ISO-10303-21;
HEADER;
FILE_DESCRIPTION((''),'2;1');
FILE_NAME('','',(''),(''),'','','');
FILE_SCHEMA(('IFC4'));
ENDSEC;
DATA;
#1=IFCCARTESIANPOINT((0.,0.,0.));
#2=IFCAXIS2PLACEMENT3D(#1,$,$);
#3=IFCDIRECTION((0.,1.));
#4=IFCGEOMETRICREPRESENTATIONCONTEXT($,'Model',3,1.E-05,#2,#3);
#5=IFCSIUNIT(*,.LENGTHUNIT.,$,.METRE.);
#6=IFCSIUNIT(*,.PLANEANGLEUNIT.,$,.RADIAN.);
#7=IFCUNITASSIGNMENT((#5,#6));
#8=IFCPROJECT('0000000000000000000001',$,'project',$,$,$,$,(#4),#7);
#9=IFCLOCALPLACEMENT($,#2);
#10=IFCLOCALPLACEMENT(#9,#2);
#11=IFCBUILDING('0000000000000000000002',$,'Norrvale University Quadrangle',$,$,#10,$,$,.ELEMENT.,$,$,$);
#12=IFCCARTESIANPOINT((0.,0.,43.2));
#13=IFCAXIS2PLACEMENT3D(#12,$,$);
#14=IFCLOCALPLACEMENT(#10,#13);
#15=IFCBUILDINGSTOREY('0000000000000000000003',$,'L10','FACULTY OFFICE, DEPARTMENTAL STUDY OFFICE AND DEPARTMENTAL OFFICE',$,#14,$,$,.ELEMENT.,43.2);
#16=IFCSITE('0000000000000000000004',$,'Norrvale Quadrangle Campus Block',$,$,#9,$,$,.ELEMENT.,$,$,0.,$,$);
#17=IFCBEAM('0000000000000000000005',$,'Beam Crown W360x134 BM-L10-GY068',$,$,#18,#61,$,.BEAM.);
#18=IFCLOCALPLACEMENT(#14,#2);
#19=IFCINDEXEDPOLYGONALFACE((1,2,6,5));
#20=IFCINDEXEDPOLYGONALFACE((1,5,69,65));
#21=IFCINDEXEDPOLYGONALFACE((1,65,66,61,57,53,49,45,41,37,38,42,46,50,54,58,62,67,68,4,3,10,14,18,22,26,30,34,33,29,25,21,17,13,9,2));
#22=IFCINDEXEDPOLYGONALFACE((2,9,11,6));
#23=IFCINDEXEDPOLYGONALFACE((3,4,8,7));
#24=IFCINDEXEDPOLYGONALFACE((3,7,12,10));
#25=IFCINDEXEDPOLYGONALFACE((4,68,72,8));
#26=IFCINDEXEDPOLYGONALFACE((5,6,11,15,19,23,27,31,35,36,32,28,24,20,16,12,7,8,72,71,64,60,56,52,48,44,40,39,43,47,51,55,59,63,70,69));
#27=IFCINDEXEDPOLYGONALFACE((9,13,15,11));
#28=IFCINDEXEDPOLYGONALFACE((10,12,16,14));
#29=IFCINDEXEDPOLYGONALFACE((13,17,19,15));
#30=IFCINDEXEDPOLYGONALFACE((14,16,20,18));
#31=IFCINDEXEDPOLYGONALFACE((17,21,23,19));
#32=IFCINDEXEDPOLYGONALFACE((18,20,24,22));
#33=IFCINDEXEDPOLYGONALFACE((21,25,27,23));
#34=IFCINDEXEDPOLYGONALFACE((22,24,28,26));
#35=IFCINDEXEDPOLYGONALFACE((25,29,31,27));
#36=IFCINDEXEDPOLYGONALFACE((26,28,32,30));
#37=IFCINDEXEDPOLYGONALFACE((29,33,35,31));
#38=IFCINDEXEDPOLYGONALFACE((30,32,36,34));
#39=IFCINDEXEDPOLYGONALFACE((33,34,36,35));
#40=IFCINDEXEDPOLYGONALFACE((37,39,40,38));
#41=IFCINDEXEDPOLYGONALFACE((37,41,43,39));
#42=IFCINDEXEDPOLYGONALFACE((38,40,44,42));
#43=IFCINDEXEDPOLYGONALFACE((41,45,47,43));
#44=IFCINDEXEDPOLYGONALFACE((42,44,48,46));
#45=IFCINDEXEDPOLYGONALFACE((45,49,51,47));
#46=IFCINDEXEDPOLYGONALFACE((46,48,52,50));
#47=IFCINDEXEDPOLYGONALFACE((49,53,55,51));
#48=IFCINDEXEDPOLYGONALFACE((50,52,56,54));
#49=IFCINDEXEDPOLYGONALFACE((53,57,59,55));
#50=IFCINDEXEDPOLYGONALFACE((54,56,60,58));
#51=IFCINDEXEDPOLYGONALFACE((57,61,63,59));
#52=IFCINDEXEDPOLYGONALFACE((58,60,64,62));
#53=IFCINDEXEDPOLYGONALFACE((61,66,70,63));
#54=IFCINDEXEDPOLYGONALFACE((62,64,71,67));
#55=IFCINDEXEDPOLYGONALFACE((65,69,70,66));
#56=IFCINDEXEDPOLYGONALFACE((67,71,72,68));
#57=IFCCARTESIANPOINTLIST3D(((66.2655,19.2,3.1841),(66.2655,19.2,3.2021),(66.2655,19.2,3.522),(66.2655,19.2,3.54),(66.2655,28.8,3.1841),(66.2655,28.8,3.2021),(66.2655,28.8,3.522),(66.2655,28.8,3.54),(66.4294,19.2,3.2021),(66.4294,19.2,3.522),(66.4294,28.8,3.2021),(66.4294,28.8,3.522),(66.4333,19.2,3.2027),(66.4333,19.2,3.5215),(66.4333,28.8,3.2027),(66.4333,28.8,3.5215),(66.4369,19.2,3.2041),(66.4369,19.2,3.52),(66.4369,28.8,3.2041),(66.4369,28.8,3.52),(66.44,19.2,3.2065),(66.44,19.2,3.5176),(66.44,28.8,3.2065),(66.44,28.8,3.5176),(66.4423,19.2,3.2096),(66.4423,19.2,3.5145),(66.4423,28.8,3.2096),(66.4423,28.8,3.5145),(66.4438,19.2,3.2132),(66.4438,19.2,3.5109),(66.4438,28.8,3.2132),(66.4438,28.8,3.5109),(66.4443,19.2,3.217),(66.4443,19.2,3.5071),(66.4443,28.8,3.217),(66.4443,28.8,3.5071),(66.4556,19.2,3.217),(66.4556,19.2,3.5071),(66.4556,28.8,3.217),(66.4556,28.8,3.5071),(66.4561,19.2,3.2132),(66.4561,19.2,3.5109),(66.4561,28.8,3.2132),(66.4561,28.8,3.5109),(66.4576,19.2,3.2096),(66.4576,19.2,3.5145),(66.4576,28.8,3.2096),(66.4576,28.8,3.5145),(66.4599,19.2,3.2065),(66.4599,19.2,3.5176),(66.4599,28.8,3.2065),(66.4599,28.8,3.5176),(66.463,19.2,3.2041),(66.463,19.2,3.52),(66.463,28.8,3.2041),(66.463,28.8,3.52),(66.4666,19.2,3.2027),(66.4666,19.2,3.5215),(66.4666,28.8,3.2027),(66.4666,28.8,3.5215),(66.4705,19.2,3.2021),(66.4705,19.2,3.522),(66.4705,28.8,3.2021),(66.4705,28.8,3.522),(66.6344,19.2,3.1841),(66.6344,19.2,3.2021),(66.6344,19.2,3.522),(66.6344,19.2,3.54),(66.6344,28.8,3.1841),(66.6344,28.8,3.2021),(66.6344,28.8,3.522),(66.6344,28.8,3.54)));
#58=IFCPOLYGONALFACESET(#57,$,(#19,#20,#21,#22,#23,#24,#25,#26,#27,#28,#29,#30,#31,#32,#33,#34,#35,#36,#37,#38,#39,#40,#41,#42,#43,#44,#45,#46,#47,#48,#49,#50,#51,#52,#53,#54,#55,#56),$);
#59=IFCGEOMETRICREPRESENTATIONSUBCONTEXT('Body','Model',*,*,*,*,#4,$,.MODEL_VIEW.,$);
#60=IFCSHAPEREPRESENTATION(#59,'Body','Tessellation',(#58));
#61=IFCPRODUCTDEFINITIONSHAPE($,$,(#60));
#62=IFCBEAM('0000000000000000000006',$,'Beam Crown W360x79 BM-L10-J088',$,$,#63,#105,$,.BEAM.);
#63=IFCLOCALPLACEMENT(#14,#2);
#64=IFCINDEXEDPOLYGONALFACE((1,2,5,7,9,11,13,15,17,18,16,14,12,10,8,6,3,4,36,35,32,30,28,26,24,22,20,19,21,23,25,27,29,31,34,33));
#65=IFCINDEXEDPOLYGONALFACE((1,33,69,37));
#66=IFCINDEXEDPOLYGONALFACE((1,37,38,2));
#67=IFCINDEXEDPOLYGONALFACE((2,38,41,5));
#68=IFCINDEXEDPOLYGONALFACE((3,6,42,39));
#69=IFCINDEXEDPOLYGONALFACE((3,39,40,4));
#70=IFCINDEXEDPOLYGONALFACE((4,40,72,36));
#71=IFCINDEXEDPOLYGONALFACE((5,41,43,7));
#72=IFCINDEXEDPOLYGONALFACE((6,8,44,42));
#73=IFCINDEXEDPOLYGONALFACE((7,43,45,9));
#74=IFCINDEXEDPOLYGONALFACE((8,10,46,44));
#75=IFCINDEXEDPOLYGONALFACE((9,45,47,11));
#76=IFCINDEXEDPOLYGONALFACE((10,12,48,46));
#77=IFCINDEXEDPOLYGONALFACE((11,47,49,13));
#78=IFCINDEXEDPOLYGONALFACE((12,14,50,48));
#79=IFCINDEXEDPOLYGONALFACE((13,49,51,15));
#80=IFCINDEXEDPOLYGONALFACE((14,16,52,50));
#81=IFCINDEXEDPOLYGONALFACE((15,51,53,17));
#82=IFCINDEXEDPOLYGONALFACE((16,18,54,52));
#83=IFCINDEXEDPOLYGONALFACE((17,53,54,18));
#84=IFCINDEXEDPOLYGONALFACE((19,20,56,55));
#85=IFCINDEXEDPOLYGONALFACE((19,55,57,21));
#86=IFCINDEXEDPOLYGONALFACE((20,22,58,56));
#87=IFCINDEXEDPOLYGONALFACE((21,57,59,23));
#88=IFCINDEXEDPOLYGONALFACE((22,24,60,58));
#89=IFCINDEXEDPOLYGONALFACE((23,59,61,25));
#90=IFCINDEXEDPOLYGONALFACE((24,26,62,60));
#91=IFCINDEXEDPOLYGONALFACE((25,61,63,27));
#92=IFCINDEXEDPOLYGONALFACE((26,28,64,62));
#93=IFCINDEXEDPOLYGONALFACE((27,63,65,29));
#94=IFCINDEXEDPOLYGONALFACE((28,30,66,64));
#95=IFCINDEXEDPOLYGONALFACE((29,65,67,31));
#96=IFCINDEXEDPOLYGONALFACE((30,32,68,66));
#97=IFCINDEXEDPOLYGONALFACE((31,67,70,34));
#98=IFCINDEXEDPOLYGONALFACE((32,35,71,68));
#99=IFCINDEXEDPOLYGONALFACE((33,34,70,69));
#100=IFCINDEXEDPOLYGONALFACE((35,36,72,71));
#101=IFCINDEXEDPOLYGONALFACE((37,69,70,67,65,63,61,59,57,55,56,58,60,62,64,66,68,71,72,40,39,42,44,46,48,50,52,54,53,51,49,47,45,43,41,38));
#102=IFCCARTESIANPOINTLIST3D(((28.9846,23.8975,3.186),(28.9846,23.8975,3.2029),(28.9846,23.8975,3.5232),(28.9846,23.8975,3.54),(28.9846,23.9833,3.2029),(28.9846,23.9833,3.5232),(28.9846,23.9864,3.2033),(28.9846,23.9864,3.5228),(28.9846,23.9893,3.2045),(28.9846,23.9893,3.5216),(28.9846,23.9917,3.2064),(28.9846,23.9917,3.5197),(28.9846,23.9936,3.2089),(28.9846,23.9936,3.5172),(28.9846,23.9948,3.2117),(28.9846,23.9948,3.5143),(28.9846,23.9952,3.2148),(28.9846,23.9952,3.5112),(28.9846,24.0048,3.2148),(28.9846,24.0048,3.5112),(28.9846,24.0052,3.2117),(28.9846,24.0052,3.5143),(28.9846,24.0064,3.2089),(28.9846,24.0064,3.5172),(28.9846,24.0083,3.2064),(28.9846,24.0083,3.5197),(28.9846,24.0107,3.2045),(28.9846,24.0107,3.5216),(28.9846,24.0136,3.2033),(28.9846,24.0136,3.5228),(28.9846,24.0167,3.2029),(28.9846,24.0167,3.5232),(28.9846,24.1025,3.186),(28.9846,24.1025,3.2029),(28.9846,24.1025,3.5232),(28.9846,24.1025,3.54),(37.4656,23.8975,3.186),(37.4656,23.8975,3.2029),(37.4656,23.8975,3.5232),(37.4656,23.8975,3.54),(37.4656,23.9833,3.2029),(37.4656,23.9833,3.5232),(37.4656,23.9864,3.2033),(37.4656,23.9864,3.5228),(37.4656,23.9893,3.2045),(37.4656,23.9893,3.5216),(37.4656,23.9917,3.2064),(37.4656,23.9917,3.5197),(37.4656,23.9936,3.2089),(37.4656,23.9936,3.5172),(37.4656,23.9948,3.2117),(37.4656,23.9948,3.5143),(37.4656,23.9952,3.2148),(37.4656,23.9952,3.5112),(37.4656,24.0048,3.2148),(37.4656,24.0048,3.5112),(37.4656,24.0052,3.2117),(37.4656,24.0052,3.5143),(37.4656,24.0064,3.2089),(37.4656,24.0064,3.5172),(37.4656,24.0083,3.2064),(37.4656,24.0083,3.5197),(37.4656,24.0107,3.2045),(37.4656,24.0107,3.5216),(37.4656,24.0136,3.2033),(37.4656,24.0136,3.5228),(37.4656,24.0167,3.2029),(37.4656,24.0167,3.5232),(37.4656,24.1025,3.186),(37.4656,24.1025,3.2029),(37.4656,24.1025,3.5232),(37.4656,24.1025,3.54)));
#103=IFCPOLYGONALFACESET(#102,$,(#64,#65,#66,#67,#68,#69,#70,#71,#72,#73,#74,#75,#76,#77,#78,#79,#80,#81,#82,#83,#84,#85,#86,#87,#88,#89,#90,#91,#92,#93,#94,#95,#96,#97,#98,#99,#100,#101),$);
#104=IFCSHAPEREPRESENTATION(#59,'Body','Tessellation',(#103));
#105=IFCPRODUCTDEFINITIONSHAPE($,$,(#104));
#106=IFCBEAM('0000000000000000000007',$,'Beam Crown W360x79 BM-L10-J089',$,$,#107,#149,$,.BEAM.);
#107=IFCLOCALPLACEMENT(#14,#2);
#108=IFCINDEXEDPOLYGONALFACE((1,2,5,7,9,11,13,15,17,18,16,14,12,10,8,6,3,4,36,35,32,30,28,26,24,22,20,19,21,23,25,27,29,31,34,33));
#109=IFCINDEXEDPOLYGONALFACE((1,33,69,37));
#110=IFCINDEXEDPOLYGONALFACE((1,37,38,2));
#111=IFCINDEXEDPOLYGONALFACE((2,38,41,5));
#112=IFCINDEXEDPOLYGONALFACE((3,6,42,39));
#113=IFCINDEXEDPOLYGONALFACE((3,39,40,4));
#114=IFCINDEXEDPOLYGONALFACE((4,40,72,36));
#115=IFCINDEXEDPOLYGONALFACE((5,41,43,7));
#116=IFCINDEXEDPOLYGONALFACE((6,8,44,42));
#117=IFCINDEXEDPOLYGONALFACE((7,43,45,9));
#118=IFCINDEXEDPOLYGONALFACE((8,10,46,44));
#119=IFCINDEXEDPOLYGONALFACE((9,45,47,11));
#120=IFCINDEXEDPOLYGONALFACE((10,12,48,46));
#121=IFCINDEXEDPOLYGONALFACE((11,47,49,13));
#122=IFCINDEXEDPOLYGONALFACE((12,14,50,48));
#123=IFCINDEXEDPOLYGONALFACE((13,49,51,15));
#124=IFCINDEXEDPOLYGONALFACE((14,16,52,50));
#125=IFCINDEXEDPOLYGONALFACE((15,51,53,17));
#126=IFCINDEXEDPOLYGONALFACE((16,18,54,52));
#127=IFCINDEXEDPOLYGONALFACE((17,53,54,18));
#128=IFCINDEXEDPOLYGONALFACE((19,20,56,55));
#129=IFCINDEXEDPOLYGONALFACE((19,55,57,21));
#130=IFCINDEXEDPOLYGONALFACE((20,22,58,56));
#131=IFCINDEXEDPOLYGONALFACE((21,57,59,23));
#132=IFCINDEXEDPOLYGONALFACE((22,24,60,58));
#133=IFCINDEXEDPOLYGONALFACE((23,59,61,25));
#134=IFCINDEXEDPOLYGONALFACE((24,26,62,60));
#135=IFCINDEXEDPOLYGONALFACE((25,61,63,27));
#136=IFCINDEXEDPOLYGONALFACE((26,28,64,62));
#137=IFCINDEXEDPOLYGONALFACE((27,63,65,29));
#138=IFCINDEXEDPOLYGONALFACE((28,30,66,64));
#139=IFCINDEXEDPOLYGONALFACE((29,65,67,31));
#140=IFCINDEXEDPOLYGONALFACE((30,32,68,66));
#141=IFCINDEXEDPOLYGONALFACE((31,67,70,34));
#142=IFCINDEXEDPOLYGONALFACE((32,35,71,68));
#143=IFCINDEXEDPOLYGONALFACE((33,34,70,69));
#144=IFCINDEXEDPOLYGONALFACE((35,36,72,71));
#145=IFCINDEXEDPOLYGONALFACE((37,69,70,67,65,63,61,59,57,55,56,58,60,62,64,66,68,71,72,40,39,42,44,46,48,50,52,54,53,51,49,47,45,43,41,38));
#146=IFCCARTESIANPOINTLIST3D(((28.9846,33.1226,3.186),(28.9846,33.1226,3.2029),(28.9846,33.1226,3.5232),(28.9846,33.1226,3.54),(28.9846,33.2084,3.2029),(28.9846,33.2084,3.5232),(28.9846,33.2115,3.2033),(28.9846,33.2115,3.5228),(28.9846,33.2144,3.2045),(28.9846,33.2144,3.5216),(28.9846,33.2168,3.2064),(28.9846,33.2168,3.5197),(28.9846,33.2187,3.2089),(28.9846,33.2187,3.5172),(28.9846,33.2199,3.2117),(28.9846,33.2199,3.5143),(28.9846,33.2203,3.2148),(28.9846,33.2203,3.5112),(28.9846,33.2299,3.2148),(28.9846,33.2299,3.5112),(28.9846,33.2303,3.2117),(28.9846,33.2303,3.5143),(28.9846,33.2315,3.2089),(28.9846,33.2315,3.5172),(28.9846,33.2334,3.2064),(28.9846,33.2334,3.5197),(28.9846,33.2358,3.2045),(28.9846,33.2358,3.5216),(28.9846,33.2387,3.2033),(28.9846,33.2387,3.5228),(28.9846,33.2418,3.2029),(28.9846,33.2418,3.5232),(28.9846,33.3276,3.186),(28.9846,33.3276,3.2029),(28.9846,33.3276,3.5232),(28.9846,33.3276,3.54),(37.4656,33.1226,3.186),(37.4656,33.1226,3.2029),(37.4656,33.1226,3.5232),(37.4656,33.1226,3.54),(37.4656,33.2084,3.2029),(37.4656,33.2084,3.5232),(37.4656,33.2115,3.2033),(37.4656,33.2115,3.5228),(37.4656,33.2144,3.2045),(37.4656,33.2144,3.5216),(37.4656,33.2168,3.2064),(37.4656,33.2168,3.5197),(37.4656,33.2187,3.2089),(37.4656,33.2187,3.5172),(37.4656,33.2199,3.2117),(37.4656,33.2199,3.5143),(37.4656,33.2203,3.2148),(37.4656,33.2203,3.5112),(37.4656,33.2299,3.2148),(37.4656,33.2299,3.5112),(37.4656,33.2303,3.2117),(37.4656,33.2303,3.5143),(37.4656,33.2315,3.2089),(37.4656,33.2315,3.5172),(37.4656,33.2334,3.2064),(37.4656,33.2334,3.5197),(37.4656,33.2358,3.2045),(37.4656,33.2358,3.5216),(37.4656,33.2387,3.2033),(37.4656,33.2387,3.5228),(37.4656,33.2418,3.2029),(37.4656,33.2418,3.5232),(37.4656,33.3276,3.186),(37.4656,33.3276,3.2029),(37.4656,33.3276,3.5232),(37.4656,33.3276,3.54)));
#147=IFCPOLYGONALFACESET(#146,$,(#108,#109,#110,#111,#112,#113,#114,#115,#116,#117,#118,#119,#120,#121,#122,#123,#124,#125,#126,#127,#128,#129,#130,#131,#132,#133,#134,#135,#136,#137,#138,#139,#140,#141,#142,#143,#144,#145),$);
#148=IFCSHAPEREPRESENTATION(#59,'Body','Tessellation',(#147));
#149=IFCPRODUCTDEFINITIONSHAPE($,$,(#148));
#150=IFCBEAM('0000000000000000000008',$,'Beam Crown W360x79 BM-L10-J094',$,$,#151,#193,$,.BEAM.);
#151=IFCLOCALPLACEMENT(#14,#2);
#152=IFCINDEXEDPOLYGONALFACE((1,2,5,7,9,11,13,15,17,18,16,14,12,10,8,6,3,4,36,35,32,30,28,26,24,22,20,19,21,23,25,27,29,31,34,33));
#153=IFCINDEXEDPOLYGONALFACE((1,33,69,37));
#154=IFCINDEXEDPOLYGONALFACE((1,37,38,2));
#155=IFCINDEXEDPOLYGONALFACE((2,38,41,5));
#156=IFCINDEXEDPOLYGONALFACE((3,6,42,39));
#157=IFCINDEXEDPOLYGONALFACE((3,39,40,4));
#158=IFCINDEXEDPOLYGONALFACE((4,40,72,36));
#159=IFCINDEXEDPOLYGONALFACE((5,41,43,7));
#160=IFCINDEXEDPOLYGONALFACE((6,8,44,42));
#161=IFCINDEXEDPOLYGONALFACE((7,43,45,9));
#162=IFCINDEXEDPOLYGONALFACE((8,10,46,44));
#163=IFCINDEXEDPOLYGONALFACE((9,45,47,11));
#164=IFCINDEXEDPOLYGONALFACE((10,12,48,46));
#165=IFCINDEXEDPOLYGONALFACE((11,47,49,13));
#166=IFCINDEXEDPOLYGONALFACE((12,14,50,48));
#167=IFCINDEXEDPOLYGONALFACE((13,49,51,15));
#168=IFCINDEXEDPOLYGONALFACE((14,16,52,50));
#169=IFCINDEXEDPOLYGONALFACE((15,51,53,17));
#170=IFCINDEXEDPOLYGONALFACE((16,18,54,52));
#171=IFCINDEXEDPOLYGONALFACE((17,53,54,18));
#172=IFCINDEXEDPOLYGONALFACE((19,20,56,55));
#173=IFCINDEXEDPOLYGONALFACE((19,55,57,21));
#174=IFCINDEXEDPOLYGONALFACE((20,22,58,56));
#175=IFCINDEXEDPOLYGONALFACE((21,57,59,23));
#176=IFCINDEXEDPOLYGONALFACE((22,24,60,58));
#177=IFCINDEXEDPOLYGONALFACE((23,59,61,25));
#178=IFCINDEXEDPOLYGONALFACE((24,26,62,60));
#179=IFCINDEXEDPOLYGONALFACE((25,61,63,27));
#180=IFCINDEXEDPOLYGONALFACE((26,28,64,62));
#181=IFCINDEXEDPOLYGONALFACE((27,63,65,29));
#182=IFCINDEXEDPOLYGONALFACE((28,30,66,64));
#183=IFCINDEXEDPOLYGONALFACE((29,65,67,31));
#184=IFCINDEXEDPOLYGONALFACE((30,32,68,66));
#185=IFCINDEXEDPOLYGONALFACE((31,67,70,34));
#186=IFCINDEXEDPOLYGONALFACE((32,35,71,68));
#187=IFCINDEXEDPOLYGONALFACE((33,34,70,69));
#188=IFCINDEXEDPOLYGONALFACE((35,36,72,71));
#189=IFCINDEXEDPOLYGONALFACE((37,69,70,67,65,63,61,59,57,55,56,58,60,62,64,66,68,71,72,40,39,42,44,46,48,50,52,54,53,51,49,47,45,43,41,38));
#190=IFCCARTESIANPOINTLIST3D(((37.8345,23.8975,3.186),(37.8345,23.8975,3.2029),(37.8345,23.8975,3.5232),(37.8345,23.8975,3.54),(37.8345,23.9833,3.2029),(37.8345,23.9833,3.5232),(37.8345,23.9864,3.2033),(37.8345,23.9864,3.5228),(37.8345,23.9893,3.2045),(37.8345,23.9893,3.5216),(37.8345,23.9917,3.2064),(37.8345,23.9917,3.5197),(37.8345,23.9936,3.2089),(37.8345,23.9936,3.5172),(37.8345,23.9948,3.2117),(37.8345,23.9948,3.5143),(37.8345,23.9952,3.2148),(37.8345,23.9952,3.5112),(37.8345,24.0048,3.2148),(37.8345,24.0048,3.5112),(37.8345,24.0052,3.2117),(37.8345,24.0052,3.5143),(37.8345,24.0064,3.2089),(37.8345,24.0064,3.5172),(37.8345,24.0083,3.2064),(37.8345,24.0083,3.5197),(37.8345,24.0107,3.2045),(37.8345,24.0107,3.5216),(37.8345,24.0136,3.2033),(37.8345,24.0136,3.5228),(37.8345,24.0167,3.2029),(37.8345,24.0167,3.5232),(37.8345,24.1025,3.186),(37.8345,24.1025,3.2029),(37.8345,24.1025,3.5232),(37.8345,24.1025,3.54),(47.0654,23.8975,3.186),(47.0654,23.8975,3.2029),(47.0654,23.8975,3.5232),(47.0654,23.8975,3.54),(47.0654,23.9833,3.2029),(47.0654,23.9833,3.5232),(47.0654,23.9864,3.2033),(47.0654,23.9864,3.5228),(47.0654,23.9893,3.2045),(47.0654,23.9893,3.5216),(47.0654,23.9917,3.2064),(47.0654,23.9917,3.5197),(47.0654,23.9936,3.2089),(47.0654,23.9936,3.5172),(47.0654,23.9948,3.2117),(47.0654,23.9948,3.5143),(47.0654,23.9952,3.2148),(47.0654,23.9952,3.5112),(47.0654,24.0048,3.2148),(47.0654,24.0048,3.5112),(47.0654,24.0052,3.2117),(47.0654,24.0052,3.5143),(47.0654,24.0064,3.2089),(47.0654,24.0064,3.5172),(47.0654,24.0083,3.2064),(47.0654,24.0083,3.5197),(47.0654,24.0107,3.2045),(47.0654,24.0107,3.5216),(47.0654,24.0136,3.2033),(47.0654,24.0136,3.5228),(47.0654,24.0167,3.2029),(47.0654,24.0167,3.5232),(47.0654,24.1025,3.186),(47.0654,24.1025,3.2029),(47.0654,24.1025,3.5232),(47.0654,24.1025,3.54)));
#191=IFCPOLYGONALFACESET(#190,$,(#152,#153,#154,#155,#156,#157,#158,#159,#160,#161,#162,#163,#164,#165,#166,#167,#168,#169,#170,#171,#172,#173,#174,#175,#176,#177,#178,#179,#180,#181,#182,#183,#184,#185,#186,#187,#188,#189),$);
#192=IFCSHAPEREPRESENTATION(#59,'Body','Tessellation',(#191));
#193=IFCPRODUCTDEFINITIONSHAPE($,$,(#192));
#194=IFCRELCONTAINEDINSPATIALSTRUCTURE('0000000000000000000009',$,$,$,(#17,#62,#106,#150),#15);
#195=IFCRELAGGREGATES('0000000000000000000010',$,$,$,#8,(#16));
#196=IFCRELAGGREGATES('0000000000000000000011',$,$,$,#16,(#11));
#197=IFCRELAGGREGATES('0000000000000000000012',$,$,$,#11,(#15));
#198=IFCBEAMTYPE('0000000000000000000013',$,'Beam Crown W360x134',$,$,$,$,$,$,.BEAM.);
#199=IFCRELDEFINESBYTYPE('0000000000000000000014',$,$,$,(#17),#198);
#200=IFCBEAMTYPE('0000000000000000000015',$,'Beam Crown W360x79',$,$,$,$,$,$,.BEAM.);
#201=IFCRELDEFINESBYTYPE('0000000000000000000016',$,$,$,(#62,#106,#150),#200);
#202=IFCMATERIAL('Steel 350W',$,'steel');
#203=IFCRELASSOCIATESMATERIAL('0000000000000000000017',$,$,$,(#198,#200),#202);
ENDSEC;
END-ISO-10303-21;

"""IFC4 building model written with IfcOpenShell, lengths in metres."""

from ifc_helpers import new_model, si_unit, direction, frame, origin, origin_2d, place, context, subcontext, project, spatial, i_section, extrude, material, material_profile, profile_set, type_object, element, save


model = new_model("IFC4")

# Units and contexts
model_context = context("Model", 3, precision=1e-05, world=origin(), true_north=direction((0.0, 1.0)))
body_context = subcontext(model_context, "Body", "Model", "MODEL_VIEW")
ifc_project = project(units=[si_unit("LENGTHUNIT", "METRE"), si_unit("PLANEANGLEUNIT", "RADIAN")], contexts=[model_context])

# Site, building, storey
site_placement = place(None, origin())
site = spatial("IfcSite", under=ifc_project, at=site_placement, Name="Norrvale Quadrangle Campus Block", CompositionType="ELEMENT", RefElevation=0.0)
building_placement = place(site_placement, origin())
building = spatial("IfcBuilding", under=site, at=building_placement, Name="Norrvale University Quadrangle", CompositionType="ELEMENT")
storey_placement = place(building_placement, frame((0.0, 0.0, 43.2)))
storey = spatial("IfcBuildingStorey", under=building, at=storey_placement, Name="L10", Description="FACULTY OFFICE, DEPARTMENTAL STUDY OFFICE AND DEPARTMENTAL OFFICE", CompositionType="ELEMENT", Elevation=43.2)

# Beams
ifc_material_1 = material(Name="Steel 350W", Category="steel")
ifc_material_profile_1 = material_profile(ifc_material_1, i_section(OverallWidth=0.3689, OverallDepth=0.356, WebThickness=0.0112, FlangeThickness=0.0181, FilletRadius=0.0149, at=origin_2d()), Name="Steel 350W")
ifc_profile_set_1 = profile_set([ifc_material_profile_1], Name="Steel 350W")
beam_type_1 = type_object("IfcBeamType", Name="Beam Crown W360x134", PredefinedType="BEAM", material=ifc_profile_set_1)
beam_1_placement = place(storey_placement, frame((66.45, 19.2, 3.3621), z_axis=(0.0, 1.0, 0.0), x_axis=(-1.0, 0.0, 0.0)))
element("IfcBeam", 1, at=beam_1_placement, inside=storey, type_object=beam_type_1, Name="Beam Crown W360x134 BM-L10-GY068", PredefinedType="BEAM", context=body_context, shape_type="SweptSolid", body=[
    extrude(i_section(OverallWidth=0.3689, OverallDepth=0.356, WebThickness=0.0112, FlangeThickness=0.0181, FilletRadius=0.0149, at=origin_2d()), origin(), (0.0, 0.0, 1.0), 9.6001),
])
ifc_material_profile_2 = material_profile(ifc_material_1, i_section(OverallWidth=0.2051, OverallDepth=0.354, WebThickness=0.0095, FlangeThickness=0.0168, FilletRadius=0.012, at=origin_2d()), Name="Steel 350W")
ifc_profile_set_2 = profile_set([ifc_material_profile_2], Name="Steel 350W")
beam_type_2 = type_object("IfcBeamType", Name="Beam Crown W360x79", PredefinedType="BEAM", material=ifc_profile_set_2)
for number, where, z_axis, x_axis, name in (
    (2, (28.9846, 24.0, 3.363), (1.0, 0.0, 0.0), (0.0, 1.0, 0.0), "Beam Crown W360x79 BM-L10-J088"),
    (3, (28.9846, 33.2251, 3.363), (1.0, 0.0, 0.0), (0.0, 1.0, 0.0), "Beam Crown W360x79 BM-L10-J089"),
):
    element("IfcBeam", number, at=place(storey_placement, frame(where, z_axis=z_axis, x_axis=x_axis)), inside=storey, type_object=beam_type_2, Name=name, PredefinedType="BEAM", context=body_context, shape_type="SweptSolid", body=[
        extrude(i_section(OverallWidth=0.2051, OverallDepth=0.354, WebThickness=0.0095, FlangeThickness=0.0168, FilletRadius=0.012, at=origin_2d()), origin(), (0.0, 0.0, 1.0), 8.481),
    ])
for number, where, z_axis, x_axis, name in (
    (4, (37.8345, 24.0, 3.363), (1.0, 0.0, 0.0), (0.0, 1.0, 0.0), "Beam Crown W360x79 BM-L10-J094"),
):
    element("IfcBeam", number, at=place(storey_placement, frame(where, z_axis=z_axis, x_axis=x_axis)), inside=storey, type_object=beam_type_2, Name=name, PredefinedType="BEAM", context=body_context, shape_type="SweptSolid", body=[
        extrude(i_section(OverallWidth=0.2051, OverallDepth=0.354, WebThickness=0.0095, FlangeThickness=0.0168, FilletRadius=0.012, at=origin_2d()), origin(), (0.0, 0.0, 1.0), 9.231),
    ])

save(model, "model.ifc")
